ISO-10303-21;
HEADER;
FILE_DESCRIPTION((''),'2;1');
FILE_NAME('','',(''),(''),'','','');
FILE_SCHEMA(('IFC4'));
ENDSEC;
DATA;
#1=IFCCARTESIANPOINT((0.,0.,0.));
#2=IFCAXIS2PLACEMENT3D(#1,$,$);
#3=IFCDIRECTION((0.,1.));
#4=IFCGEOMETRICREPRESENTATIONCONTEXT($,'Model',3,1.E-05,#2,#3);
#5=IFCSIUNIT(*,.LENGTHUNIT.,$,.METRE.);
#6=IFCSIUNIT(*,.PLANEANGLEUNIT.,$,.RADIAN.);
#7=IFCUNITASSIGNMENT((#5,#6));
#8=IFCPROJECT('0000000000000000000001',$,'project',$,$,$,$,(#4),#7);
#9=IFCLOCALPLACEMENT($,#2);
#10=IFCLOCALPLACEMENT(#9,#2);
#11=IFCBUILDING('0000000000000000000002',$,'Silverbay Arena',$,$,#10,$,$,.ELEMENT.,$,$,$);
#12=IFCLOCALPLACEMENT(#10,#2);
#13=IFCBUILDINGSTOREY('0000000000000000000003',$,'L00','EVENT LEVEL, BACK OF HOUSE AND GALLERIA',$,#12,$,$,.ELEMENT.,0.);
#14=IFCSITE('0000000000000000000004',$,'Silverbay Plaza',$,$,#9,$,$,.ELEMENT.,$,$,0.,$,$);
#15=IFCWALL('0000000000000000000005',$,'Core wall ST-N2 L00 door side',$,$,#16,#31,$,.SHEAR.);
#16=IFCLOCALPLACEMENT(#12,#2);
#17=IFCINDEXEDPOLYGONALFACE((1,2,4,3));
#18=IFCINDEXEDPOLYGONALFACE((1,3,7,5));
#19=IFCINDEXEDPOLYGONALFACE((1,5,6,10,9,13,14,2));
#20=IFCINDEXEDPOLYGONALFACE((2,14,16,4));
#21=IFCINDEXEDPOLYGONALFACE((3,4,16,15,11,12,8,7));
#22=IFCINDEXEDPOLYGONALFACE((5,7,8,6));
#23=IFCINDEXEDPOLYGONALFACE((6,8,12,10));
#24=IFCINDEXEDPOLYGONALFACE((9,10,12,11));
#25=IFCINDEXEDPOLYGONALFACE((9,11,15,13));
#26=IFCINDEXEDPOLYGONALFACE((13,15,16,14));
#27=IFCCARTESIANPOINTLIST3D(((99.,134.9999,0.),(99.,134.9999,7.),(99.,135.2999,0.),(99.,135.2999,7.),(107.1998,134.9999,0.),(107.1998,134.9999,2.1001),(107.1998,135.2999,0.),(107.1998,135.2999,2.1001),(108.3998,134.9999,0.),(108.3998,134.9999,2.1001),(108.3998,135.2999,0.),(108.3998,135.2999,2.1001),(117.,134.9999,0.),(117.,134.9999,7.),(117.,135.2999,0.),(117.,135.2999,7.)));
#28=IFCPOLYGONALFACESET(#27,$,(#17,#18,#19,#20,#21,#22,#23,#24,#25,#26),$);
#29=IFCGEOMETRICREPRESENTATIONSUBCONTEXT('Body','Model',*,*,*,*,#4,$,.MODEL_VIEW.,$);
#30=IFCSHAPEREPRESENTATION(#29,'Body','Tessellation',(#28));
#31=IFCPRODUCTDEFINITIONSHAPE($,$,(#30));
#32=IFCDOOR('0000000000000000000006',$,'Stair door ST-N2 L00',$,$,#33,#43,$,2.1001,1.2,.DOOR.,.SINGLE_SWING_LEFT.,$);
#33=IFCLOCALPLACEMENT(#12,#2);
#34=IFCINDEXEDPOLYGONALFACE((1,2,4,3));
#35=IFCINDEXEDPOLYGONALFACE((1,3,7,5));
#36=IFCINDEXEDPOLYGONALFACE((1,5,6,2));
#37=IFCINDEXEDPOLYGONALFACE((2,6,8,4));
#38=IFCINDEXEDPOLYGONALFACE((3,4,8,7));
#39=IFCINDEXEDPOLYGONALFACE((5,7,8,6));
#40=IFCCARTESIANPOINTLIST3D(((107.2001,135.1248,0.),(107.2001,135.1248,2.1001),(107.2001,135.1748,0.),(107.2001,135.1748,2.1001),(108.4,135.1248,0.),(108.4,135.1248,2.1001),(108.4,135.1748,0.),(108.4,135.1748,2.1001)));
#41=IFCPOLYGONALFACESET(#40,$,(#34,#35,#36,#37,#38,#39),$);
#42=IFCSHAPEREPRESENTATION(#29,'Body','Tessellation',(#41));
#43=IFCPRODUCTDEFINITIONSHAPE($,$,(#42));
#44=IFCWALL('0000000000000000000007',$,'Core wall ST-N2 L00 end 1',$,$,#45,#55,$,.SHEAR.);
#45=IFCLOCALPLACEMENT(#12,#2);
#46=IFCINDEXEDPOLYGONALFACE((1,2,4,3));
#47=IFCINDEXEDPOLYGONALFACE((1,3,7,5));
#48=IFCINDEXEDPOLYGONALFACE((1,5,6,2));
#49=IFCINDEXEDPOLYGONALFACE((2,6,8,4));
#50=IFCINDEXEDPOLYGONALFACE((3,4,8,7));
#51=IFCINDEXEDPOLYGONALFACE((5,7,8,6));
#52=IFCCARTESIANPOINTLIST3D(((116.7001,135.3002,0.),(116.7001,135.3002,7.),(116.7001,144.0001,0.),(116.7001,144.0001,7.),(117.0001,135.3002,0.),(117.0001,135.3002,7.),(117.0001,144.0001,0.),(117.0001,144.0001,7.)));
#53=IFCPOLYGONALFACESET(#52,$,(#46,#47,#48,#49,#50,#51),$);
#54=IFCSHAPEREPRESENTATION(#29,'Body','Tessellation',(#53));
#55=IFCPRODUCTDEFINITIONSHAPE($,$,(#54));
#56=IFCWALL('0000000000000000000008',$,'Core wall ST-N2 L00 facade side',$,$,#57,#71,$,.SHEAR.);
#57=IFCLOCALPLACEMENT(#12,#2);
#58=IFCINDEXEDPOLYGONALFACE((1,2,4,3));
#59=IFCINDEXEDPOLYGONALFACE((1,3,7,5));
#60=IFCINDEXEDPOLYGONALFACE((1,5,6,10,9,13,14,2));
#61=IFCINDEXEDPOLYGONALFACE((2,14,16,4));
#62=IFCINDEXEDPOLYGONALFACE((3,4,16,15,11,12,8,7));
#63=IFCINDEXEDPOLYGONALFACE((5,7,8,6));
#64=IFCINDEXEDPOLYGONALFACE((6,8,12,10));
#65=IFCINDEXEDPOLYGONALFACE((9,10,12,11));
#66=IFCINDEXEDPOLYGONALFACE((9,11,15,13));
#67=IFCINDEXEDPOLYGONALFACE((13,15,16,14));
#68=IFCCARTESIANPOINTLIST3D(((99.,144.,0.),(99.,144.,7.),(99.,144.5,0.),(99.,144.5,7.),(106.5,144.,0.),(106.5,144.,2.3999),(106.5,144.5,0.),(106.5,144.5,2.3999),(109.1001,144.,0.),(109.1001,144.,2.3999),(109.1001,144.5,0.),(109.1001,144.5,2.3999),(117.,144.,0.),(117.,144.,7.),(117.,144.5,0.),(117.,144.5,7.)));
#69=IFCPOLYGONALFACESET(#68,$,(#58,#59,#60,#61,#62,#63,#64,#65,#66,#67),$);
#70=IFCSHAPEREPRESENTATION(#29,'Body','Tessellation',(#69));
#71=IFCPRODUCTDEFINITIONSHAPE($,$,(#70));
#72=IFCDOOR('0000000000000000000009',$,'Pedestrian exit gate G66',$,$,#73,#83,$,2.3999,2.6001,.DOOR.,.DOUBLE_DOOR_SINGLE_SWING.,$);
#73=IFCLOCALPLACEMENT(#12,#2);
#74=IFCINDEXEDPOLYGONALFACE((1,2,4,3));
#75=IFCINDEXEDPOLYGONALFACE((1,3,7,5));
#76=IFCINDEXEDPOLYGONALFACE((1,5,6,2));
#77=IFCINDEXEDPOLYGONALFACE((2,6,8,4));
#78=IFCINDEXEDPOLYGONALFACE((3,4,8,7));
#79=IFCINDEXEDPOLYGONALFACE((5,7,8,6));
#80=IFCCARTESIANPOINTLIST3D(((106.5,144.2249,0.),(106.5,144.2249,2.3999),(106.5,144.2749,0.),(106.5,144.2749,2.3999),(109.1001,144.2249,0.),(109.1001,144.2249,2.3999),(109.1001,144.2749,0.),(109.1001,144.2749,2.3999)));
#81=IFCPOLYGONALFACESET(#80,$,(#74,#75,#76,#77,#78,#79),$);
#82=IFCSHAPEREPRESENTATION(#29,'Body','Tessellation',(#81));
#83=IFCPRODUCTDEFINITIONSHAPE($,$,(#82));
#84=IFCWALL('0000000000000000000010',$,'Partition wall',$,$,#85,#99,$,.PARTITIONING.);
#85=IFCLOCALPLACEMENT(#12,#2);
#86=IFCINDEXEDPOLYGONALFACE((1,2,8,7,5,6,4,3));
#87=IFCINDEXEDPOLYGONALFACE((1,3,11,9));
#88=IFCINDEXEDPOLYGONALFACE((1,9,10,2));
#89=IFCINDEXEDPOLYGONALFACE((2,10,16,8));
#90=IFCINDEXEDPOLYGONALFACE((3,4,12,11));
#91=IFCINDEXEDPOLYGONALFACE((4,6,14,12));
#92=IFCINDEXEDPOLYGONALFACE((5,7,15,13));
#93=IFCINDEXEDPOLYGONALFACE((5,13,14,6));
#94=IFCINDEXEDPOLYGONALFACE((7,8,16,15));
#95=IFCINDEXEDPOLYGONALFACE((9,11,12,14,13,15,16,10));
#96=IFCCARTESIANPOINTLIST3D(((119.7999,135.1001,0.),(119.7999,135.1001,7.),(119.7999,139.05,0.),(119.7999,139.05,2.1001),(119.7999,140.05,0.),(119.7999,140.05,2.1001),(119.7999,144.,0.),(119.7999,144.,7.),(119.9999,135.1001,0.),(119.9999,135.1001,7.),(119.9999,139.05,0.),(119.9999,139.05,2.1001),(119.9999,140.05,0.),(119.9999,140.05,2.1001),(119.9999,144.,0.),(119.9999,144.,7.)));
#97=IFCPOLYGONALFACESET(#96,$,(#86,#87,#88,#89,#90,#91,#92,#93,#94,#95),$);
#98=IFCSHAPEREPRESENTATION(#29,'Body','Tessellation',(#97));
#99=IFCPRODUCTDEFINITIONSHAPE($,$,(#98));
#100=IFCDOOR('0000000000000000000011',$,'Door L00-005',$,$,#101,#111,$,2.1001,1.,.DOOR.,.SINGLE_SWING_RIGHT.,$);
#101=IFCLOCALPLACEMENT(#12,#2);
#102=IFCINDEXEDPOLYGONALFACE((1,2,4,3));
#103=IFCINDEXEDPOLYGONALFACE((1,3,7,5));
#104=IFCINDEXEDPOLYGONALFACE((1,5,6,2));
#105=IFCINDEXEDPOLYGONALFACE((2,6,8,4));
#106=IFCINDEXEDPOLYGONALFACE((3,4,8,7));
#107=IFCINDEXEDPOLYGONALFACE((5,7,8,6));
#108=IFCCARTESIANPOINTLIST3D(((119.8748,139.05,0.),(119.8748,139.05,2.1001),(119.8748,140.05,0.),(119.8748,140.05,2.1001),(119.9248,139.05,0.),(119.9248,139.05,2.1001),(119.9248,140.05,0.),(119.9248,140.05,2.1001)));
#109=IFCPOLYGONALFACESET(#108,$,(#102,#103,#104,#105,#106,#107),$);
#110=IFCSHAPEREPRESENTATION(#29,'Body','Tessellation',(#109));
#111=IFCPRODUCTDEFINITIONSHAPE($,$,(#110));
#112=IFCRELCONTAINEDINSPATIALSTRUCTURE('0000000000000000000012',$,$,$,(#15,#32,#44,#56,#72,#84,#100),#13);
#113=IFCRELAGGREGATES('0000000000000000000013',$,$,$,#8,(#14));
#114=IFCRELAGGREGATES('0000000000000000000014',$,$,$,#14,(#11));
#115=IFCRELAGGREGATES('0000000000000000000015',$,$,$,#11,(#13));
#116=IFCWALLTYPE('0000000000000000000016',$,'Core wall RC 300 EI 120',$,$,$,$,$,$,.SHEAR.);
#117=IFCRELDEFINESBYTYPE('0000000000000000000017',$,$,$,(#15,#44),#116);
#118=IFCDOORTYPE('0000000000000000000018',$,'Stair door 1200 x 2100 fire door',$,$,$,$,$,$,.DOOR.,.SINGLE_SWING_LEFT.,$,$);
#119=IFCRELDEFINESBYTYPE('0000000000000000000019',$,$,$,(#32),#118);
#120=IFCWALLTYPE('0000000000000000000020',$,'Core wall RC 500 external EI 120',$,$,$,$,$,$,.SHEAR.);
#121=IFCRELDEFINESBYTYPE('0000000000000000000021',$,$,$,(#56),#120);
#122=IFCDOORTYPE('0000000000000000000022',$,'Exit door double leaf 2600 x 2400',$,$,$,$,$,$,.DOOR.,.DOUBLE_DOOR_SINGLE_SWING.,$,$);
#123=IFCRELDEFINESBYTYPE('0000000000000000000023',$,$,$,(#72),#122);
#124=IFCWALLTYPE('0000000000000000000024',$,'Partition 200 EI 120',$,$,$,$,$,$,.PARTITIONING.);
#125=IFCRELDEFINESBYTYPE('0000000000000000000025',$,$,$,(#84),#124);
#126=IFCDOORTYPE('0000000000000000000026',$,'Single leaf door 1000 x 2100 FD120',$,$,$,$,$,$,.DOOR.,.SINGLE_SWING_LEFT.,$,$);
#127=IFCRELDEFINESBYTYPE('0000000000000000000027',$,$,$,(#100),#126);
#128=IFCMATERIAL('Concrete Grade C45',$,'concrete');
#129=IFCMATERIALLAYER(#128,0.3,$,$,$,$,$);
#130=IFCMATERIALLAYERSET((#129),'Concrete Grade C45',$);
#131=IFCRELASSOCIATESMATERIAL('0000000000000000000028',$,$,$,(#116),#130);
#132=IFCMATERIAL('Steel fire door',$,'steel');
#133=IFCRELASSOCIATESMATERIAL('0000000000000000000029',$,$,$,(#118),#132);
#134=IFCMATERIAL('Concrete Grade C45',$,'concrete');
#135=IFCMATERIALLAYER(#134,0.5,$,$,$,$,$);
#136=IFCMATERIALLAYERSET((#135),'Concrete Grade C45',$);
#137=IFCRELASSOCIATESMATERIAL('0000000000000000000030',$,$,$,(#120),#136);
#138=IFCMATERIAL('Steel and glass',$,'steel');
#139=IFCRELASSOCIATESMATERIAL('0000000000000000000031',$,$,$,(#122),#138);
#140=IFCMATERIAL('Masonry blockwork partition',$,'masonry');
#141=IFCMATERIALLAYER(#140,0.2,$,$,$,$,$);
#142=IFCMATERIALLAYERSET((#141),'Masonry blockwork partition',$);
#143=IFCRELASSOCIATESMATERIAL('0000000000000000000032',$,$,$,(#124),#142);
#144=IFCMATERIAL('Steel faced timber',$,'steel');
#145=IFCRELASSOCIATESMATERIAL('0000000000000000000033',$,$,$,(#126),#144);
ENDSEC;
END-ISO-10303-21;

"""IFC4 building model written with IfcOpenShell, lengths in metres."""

from ifc_helpers import new_model, si_unit, direction, frame, frame_2d, origin, place, context, subcontext, project, spatial, rectangle, extrude, material, layer, layer_set, type_object, element, fill, save


model = new_model("IFC4")

# Units and contexts
model_context = context("Model", 3, precision=1e-05, world=origin(), true_north=direction((0.0, 1.0)))
body_context = subcontext(model_context, "Body", "Model", "MODEL_VIEW")
ifc_project = project(units=[si_unit("LENGTHUNIT", "METRE"), si_unit("PLANEANGLEUNIT", "RADIAN")], contexts=[model_context])

# Site, building, storey
site_placement = place(None, origin())
site = spatial("IfcSite", under=ifc_project, at=site_placement, Name="Silverbay Plaza", CompositionType="ELEMENT", RefElevation=0.0)
building_placement = place(site_placement, origin())
building = spatial("IfcBuilding", under=site, at=building_placement, Name="Silverbay Arena", CompositionType="ELEMENT")
storey_placement = place(building_placement, origin())
storey = spatial("IfcBuildingStorey", under=building, at=storey_placement, Name="L00", Description="EVENT LEVEL, BACK OF HOUSE AND GALLERIA", CompositionType="ELEMENT", Elevation=0.0)

# Wall, opening, door
ifc_material_1 = material(Name="Concrete Grade C45", Category="concrete")
ifc_layer_1 = layer(ifc_material_1, 0.3)
ifc_layer_set_1 = layer_set([ifc_layer_1], Name="Concrete Grade C45")
wall_type_1 = type_object("IfcWallType", Name="Core wall RC 300 EI 120", PredefinedType="SHEAR", material=ifc_layer_set_1)
wall_1_placement = place(storey_placement, frame((117.0, 135.1499, 0.0), z_axis=(0.0, 0.0, 1.0), x_axis=(-1.0, 0.0, 0.0)))
wall_1 = element("IfcWall", 1, at=wall_1_placement, inside=storey, type_object=wall_type_1, Name="Core wall ST-N2 L00 door side", PredefinedType="SHEAR", context=body_context, shape_type="SweptSolid", body=[
    extrude(rectangle(XDim=18.0, YDim=0.3, at=frame_2d((9.0, 0.0))), origin(), (0.0, 0.0, 1.0), 7.0),
])
opening_1_placement = place(wall_1_placement, frame((8.6001, 0.0, 0.0)))
opening_1 = element("IfcOpeningElement", 2, at=opening_1_placement, cuts=wall_1, PredefinedType="OPENING", context=body_context, shape_type="SweptSolid", body=[
    extrude(rectangle(XDim=1.2, YDim=2.1001, at=frame_2d((0.6001, 1.05))), frame((0.0, 0.1602, 0.0), z_axis=(0.0, -1.0, 0.0), x_axis=(1.0, 0.0, 0.0)), (0.0, 0.0, 1.0), 0.3201),
])
ifc_material_2 = material(Name="Steel fire door", Category="steel")
door_type_1 = type_object("IfcDoorType", Name="Stair door 1200 x 2100 fire door", OperationType="SINGLE_SWING_LEFT", PredefinedType="DOOR", material=ifc_material_2)
door_1_placement = place(opening_1_placement, frame((1.2, 0.0, 0.0), z_axis=(0.0, 0.0, 1.0), x_axis=(-1.0, 0.0, 0.0)))
door_1 = element("IfcDoor", 3, at=door_1_placement, inside=storey, type_object=door_type_1, Name="Stair door ST-N2 L00", OperationType="SINGLE_SWING_LEFT", OverallHeight=2.1001, OverallWidth=1.2, PredefinedType="DOOR", context=body_context, shape_type="SweptSolid", body=[
    extrude(rectangle(XDim=1.2, YDim=2.1001, at=frame_2d((0.6001, 1.05))), frame((0.0, 0.0249, 0.0), z_axis=(0.0, -1.0, 0.0), x_axis=(1.0, 0.0, 0.0)), (0.0, 0.0, 1.0), 0.05),
])
fill(opening_1, door_1)

# Wall
wall_2_placement = place(storey_placement, frame((116.8501, 135.3, 0.0), z_axis=(0.0, 0.0, 1.0), x_axis=(0.0, 1.0, 0.0)))
element("IfcWall", 4, at=wall_2_placement, inside=storey, type_object=wall_type_1, Name="Core wall ST-N2 L00 end 1", PredefinedType="SHEAR", context=body_context, shape_type="SweptSolid", body=[
    extrude(rectangle(XDim=8.7, YDim=0.3, at=frame_2d((4.3501, 0.0))), origin(), (0.0, 0.0, 1.0), 7.0),
])

# Walls, openings, doors
ifc_material_3 = material(Name="Concrete Grade C45", Category="concrete")
ifc_layer_2 = layer(ifc_material_3, 0.5)
ifc_layer_set_2 = layer_set([ifc_layer_2], Name="Concrete Grade C45")
wall_type_2 = type_object("IfcWallType", Name="Core wall RC 500 external EI 120", PredefinedType="SHEAR", material=ifc_layer_set_2)
wall_3_placement = place(storey_placement, frame((117.0, 144.25, 0.0), z_axis=(0.0, 0.0, 1.0), x_axis=(-1.0, 0.0, 0.0)))
wall_3 = element("IfcWall", 5, at=wall_3_placement, inside=storey, type_object=wall_type_2, Name="Core wall ST-N2 L00 facade side", PredefinedType="SHEAR", context=body_context, shape_type="SweptSolid", body=[
    extrude(rectangle(XDim=18.0, YDim=0.5, at=frame_2d((9.0, 0.0))), origin(), (0.0, 0.0, 1.0), 7.0),
])
opening_2_placement = place(wall_3_placement, frame((7.8999, 0.0, 0.0)))
opening_2 = element("IfcOpeningElement", 6, at=opening_2_placement, cuts=wall_3, PredefinedType="OPENING", context=body_context, shape_type="SweptSolid", body=[
    extrude(rectangle(XDim=2.6001, YDim=2.3999, at=frame_2d((1.3, 1.2))), frame((0.0, 0.26, 0.0), z_axis=(0.0, -1.0, 0.0), x_axis=(1.0, 0.0, 0.0)), (0.0, 0.0, 1.0), 0.52),
])
ifc_material_4 = material(Name="Steel and glass", Category="steel")
door_type_2 = type_object("IfcDoorType", Name="Exit door double leaf 2600 x 2400", OperationType="DOUBLE_DOOR_SINGLE_SWING", PredefinedType="DOOR", material=ifc_material_4)
door_2_placement = place(opening_2_placement, frame((2.6001, 0.0, 0.0), z_axis=(0.0, 0.0, 1.0), x_axis=(-1.0, 0.0, 0.0)))
door_2 = element("IfcDoor", 7, at=door_2_placement, inside=storey, type_object=door_type_2, Name="Pedestrian exit gate G66", OperationType="DOUBLE_DOOR_SINGLE_SWING", OverallHeight=2.3999, OverallWidth=2.6001, PredefinedType="DOOR", context=body_context, shape_type="SweptSolid", body=[
    extrude(rectangle(XDim=2.6001, YDim=2.3999, at=frame_2d((1.3, 1.2))), frame((0.0, 0.0249, 0.0), z_axis=(0.0, -1.0, 0.0), x_axis=(1.0, 0.0, 0.0)), (0.0, 0.0, 1.0), 0.05),
])
fill(opening_2, door_2)
ifc_material_5 = material(Name="Masonry blockwork partition", Category="masonry")
ifc_layer_3 = layer(ifc_material_5, 0.2)
ifc_layer_set_3 = layer_set([ifc_layer_3], Name="Masonry blockwork partition")
wall_type_3 = type_object("IfcWallType", Name="Partition 200 EI 120", PredefinedType="PARTITIONING", material=ifc_layer_set_3)
wall_4_placement = place(storey_placement, frame((119.8999, 135.1001, 0.0), z_axis=(0.0, 0.0, 1.0), x_axis=(0.0, 1.0, 0.0)))
wall_4 = element("IfcWall", 8, at=wall_4_placement, inside=storey, type_object=wall_type_3, Name="Partition wall", PredefinedType="PARTITIONING", context=body_context, shape_type="SweptSolid", body=[
    extrude(rectangle(XDim=8.8999, YDim=0.2, at=frame_2d((4.45, 0.0))), origin(), (0.0, 0.0, 1.0), 7.0),
])
opening_3_placement = place(wall_4_placement, frame((3.95, 0.0, 0.0)))
opening_3 = element("IfcOpeningElement", 9, at=opening_3_placement, cuts=wall_4, PredefinedType="OPENING", context=body_context, shape_type="SweptSolid", body=[
    extrude(rectangle(XDim=1.0, YDim=2.1001, at=frame_2d((0.5, 1.05))), frame((0.0, 0.1099, 0.0), z_axis=(0.0, -1.0, 0.0), x_axis=(1.0, 0.0, 0.0)), (0.0, 0.0, 1.0), 0.22),
])
ifc_material_6 = material(Name="Steel faced timber", Category="steel")
door_type_3 = type_object("IfcDoorType", Name="Single leaf door 1000 x 2100 FD120", OperationType="SINGLE_SWING_LEFT", PredefinedType="DOOR", material=ifc_material_6)
door_3_placement = place(opening_3_placement, frame((1.0, 0.0, 0.0), z_axis=(0.0, 0.0, 1.0), x_axis=(-1.0, 0.0, 0.0)))
door_3 = element("IfcDoor", 10, at=door_3_placement, inside=storey, type_object=door_type_3, Name="Door L00-005", OperationType="SINGLE_SWING_RIGHT", OverallHeight=2.1001, OverallWidth=1.0, PredefinedType="DOOR", context=body_context, shape_type="SweptSolid", body=[
    extrude(rectangle(XDim=1.0, YDim=2.1001, at=frame_2d((0.5, 1.05))), frame((0.0, 0.0249, 0.0), z_axis=(0.0, -1.0, 0.0), x_axis=(1.0, 0.0, 0.0)), (0.0, 0.0, 1.0), 0.05),
])
fill(opening_3, door_3)

save(model, "model.ifc")
